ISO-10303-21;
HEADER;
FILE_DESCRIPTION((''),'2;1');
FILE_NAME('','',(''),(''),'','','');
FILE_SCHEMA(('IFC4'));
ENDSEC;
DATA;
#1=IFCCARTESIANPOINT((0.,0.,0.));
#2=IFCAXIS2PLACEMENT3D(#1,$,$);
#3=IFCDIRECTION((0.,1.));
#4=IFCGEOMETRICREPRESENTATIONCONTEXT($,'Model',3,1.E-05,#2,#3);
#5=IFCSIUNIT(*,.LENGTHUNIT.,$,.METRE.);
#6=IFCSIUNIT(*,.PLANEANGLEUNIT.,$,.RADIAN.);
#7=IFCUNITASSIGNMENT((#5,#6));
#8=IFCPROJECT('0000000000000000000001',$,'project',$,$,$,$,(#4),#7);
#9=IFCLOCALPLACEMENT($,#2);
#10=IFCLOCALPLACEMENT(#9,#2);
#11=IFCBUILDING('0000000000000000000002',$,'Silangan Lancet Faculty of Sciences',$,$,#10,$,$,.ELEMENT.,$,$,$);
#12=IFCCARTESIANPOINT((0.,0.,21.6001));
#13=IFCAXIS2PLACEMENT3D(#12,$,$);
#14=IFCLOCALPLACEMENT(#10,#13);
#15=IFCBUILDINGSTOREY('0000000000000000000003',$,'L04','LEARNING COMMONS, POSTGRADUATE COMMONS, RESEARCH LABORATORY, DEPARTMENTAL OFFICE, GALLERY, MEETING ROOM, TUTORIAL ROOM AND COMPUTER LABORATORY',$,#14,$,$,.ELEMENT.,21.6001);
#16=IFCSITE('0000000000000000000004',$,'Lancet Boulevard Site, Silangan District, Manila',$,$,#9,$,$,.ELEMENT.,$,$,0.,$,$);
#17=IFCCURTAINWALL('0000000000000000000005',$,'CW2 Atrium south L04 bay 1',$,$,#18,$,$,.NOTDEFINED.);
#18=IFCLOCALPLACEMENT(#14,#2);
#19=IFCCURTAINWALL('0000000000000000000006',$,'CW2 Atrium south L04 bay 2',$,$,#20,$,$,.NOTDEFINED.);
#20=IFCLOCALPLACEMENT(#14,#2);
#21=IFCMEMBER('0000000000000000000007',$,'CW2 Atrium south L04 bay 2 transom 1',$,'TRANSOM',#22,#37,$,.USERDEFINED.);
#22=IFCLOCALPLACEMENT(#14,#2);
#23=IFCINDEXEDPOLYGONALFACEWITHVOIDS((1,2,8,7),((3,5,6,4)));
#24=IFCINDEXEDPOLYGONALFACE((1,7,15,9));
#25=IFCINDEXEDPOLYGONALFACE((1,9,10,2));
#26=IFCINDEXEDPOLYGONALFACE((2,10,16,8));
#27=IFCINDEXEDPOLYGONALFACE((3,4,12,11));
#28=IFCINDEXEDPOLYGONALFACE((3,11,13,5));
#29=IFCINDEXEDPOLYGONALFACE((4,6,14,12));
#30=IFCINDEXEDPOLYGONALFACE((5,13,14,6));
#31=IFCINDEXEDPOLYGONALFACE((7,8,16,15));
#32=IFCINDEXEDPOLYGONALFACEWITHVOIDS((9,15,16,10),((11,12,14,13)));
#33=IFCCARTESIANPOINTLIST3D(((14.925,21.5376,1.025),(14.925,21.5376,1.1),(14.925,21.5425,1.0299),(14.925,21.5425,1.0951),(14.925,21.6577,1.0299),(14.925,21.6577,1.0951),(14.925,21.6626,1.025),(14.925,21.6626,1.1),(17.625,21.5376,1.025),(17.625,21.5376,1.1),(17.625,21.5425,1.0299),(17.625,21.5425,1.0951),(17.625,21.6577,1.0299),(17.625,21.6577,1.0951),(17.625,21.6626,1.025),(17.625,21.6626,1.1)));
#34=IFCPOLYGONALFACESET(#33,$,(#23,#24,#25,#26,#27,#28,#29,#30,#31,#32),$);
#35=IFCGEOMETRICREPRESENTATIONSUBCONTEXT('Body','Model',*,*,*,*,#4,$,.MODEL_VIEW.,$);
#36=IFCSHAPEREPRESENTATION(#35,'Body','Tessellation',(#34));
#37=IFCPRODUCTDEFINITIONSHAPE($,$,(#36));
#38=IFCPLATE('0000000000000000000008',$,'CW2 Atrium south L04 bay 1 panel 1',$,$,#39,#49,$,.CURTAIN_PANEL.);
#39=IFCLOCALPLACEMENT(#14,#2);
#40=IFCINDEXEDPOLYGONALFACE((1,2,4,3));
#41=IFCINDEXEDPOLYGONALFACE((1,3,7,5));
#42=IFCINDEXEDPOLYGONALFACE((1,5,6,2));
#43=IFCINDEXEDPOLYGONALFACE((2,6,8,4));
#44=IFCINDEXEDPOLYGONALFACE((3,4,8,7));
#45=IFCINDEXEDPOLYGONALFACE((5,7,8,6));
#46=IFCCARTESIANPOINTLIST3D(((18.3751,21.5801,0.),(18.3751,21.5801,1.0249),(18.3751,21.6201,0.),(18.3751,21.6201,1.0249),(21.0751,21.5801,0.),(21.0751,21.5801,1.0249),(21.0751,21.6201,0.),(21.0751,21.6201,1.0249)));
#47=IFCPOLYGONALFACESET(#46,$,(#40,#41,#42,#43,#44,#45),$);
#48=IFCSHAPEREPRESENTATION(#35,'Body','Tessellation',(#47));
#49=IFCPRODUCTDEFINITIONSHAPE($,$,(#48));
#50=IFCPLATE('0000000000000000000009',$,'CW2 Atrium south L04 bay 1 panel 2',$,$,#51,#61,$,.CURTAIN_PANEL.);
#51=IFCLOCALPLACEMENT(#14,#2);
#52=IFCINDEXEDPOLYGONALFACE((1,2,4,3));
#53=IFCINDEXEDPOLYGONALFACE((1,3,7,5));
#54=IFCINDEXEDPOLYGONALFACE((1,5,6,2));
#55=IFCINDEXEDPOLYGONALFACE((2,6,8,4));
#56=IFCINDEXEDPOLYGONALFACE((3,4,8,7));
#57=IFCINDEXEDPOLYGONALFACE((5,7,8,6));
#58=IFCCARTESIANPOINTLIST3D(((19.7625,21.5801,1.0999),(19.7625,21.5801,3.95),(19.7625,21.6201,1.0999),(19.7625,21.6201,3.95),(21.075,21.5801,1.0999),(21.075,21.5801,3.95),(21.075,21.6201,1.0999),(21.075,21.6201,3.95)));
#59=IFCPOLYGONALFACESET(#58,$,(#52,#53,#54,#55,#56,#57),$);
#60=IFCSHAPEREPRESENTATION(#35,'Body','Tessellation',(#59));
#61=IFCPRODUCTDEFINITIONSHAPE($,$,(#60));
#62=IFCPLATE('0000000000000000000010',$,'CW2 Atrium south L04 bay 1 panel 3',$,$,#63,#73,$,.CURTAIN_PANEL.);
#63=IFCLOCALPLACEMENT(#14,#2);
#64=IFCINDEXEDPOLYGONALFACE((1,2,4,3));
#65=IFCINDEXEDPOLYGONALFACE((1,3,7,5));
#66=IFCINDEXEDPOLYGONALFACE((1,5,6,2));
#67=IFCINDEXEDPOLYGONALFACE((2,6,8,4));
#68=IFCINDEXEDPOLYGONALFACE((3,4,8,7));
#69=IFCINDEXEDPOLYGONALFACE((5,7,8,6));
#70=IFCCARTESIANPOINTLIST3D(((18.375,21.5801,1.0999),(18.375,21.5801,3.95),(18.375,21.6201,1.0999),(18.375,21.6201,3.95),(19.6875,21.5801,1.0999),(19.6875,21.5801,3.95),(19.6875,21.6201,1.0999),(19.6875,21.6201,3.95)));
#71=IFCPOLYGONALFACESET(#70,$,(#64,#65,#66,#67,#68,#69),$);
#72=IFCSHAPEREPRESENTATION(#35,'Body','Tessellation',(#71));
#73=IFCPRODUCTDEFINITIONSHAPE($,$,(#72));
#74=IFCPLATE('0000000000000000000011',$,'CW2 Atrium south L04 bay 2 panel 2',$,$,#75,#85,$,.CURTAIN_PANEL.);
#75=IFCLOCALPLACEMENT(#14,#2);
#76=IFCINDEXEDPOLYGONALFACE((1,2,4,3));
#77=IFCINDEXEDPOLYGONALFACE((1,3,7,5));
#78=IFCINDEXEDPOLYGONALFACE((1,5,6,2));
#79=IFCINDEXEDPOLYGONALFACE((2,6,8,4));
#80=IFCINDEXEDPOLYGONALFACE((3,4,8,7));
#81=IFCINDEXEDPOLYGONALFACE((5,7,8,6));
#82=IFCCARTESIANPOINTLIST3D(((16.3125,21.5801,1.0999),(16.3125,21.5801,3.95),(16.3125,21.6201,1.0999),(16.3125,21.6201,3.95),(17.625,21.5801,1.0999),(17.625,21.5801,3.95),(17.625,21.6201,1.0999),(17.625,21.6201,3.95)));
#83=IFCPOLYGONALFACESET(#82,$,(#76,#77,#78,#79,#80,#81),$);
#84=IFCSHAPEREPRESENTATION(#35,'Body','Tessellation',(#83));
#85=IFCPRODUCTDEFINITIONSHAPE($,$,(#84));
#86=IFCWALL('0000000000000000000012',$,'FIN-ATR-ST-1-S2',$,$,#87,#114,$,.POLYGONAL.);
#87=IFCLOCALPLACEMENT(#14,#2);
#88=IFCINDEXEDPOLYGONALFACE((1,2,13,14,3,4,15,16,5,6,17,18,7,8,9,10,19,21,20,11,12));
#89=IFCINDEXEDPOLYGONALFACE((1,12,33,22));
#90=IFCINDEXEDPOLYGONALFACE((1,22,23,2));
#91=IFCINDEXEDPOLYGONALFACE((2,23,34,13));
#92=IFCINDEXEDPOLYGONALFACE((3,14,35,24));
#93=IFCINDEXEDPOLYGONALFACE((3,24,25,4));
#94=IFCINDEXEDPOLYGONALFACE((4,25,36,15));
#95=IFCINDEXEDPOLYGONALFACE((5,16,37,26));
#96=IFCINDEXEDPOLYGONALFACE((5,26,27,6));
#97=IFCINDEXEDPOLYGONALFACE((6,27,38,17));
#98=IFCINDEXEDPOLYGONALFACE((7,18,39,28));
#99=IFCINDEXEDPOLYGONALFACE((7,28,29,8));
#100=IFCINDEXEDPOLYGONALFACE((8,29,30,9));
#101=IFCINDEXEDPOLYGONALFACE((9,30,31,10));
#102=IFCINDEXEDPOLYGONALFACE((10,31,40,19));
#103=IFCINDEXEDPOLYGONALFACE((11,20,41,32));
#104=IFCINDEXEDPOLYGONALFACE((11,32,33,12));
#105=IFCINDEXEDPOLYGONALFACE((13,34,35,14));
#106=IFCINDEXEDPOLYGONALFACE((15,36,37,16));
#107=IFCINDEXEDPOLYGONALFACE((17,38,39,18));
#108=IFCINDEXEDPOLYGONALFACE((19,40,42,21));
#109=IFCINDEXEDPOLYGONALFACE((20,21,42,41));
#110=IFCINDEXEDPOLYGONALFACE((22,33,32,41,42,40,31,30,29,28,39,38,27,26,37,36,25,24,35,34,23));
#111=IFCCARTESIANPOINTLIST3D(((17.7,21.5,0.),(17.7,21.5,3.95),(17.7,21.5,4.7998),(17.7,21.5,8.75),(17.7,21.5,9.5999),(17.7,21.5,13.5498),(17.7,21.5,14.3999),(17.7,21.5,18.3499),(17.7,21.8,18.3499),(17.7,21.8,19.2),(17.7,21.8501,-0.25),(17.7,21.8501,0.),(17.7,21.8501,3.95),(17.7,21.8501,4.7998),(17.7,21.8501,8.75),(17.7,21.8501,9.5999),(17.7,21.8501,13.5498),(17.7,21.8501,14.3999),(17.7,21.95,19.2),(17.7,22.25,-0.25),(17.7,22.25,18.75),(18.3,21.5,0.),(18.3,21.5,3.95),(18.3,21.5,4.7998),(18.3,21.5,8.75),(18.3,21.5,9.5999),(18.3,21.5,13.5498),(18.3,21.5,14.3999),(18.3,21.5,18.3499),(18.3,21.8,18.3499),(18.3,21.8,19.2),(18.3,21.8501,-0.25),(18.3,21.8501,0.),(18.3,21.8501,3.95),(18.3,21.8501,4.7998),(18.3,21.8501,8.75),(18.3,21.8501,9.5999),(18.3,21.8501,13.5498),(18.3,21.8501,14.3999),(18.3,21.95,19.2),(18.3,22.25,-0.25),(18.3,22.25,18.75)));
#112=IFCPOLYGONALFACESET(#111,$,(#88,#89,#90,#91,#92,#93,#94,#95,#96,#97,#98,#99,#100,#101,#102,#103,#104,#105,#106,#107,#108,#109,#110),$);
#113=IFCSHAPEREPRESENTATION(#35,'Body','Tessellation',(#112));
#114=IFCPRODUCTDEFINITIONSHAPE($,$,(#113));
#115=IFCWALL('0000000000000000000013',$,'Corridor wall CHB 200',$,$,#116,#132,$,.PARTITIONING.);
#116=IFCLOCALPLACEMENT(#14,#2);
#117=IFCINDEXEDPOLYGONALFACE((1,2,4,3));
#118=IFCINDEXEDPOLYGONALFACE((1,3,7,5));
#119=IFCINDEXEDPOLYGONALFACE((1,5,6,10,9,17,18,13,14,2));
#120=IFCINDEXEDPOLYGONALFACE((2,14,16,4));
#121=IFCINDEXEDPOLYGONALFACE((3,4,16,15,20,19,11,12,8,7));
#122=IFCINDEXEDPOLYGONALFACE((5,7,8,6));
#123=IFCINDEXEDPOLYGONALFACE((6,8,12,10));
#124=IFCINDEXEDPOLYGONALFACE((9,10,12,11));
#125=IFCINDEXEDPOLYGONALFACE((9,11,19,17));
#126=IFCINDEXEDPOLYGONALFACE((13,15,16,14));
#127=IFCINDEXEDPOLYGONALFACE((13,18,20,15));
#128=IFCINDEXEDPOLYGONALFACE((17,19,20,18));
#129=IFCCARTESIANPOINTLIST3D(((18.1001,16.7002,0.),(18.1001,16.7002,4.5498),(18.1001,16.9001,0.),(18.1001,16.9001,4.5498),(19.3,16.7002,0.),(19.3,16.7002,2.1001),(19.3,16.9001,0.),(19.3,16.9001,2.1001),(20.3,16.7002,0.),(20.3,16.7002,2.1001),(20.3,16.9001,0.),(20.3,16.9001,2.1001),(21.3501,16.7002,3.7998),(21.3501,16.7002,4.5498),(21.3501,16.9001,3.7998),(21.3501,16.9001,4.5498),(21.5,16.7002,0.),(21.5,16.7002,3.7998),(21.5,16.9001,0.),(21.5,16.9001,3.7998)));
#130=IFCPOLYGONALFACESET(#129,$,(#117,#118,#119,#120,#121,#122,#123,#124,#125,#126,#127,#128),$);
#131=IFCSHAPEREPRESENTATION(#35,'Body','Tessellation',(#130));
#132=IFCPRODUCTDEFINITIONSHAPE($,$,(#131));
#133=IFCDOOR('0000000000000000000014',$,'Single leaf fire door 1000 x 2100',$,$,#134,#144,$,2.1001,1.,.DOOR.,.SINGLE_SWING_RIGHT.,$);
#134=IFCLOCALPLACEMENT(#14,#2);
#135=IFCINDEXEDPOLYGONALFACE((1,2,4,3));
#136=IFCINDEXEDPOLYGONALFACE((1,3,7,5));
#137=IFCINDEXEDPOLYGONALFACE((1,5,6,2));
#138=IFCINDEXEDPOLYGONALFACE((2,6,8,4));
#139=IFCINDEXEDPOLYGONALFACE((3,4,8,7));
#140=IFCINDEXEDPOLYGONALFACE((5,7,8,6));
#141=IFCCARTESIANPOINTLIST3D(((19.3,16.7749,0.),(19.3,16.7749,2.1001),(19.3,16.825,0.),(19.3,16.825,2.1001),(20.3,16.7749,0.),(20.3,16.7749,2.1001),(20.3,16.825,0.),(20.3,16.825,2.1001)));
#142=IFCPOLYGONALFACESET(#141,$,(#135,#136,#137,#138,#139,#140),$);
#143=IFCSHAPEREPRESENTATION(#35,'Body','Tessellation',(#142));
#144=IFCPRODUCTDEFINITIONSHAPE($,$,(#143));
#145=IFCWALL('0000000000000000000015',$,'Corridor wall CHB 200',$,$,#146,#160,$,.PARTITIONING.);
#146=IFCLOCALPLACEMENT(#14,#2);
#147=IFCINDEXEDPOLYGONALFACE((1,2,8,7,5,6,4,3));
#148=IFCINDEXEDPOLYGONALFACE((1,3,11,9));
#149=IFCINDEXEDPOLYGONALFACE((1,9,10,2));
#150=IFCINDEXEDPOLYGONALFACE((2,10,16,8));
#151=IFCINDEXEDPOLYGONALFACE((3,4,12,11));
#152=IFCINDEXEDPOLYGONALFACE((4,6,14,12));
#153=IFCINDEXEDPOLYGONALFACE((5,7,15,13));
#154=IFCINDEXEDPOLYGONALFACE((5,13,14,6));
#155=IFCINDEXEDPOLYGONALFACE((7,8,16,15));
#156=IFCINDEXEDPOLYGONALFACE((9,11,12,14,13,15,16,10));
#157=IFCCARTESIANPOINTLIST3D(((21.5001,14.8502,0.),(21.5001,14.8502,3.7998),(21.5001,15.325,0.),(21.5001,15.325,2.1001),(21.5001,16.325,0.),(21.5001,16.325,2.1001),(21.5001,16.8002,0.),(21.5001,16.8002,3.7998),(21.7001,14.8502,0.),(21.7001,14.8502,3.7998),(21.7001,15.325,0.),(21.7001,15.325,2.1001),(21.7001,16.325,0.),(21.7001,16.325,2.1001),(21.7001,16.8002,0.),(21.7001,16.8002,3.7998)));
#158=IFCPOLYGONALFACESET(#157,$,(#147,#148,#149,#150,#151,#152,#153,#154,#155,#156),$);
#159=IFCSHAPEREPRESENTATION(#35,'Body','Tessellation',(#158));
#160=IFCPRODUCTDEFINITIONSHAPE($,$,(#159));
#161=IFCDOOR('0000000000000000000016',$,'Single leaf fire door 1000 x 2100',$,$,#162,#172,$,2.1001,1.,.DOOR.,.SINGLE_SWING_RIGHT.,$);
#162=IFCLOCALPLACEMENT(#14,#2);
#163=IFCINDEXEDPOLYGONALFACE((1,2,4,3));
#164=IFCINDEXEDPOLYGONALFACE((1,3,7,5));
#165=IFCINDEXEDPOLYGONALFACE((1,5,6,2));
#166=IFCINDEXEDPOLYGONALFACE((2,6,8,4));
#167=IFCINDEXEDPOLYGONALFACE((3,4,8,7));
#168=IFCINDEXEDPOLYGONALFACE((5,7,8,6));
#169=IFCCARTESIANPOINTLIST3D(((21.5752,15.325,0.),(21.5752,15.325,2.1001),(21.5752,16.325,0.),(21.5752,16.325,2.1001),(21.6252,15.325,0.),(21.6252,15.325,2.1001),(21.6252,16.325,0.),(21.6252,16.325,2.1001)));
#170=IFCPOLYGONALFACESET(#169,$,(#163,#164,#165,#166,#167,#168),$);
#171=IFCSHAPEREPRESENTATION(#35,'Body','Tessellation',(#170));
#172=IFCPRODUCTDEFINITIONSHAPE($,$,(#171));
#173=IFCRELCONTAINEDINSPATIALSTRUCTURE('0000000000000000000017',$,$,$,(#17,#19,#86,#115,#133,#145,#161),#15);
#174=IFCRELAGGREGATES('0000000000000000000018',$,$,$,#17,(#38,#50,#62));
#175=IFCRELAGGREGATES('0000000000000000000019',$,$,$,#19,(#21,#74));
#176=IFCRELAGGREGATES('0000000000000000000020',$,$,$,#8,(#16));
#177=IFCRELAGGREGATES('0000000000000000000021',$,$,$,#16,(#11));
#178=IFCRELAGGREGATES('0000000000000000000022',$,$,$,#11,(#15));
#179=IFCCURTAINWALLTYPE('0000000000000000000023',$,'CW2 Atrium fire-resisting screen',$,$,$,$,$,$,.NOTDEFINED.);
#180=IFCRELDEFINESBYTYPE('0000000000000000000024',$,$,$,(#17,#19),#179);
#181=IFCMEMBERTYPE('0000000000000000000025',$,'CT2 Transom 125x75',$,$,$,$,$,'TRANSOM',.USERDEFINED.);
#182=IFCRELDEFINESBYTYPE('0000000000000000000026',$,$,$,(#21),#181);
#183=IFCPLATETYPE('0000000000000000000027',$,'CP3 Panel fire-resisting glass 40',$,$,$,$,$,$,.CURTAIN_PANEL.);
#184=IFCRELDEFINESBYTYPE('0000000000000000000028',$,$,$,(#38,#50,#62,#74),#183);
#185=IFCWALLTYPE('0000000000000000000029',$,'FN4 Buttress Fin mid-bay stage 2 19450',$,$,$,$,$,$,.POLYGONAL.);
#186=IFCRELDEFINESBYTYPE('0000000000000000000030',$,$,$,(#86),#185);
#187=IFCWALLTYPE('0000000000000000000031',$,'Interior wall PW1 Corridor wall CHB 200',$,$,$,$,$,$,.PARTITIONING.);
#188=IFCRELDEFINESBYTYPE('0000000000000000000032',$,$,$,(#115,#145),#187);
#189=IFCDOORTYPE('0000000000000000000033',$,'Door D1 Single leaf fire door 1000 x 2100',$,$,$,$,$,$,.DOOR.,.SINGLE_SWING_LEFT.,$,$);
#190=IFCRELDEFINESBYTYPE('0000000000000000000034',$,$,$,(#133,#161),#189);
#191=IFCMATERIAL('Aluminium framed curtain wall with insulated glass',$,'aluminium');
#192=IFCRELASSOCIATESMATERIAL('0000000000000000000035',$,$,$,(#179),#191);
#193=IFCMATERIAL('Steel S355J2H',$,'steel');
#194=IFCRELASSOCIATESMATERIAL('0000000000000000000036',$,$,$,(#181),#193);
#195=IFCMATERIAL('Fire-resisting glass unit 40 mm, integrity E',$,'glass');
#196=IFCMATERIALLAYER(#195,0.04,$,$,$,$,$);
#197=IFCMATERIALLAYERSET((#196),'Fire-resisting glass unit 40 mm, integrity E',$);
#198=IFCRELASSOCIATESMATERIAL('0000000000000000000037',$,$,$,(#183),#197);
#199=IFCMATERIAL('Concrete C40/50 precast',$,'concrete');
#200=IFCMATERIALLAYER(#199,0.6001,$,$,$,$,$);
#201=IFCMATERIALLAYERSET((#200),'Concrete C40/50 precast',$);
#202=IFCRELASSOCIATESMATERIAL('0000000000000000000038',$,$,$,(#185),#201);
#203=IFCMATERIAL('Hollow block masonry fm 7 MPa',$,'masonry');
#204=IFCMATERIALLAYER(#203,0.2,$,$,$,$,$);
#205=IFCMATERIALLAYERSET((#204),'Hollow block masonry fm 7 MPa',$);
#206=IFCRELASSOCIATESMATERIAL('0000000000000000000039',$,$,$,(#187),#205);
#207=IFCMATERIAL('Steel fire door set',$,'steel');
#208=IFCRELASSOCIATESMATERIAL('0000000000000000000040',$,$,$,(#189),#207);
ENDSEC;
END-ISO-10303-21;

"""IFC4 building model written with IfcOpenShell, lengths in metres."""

from ifc_helpers import new_model, si_unit, direction, frame, frame_2d, origin, origin_2d, place, context, subcontext, project, spatial, polyline, rectangle, hollow_rectangle, outline, extrude, material, layer, layer_set, material_profile, profile_set, type_object, element, fill, aggregate, save


model = new_model("IFC4")

# Units and contexts
model_context = context("Model", 3, precision=1e-05, world=origin(), true_north=direction((0.0, 1.0)))
body_context = subcontext(model_context, "Body", "Model", "MODEL_VIEW")
ifc_project = project(units=[si_unit("LENGTHUNIT", "METRE"), si_unit("PLANEANGLEUNIT", "RADIAN")], contexts=[model_context])

# Site, building, storey
site_placement = place(None, origin())
site = spatial("IfcSite", under=ifc_project, at=site_placement, Name="Lancet Boulevard Site, Silangan District, Manila", CompositionType="ELEMENT", RefElevation=0.0)
building_placement = place(site_placement, origin())
building = spatial("IfcBuilding", under=site, at=building_placement, Name="Silangan Lancet Faculty of Sciences", CompositionType="ELEMENT")
storey_placement = place(building_placement, frame((0.0, 0.0, 21.6001)))
storey = spatial("IfcBuildingStorey", under=building, at=storey_placement, Name="L04", Description="LEARNING COMMONS, POSTGRADUATE COMMONS, RESEARCH LABORATORY, DEPARTMENTAL OFFICE, GALLERY, MEETING ROOM, TUTORIAL ROOM AND COMPUTER LABORATORY", CompositionType="ELEMENT", Elevation=21.6001)

# Curtain wall
ifc_material_1 = material(Name="Aluminium framed curtain wall with insulated glass", Category="aluminium")
curtain_wall_type = type_object("IfcCurtainWallType", Name="CW2 Atrium fire-resisting screen", PredefinedType="NOTDEFINED", material=ifc_material_1)
curtain_wall_1_placement = place(storey_placement, origin())
curtain_wall_1 = element("IfcCurtainWall", 1, at=curtain_wall_1_placement, inside=storey, type_object=curtain_wall_type, Name="CW2 Atrium south L04 bay 1", PredefinedType="NOTDEFINED")

# Curtain wall
curtain_wall_2_placement = place(storey_placement, origin())
curtain_wall_2 = element("IfcCurtainWall", 2, at=curtain_wall_2_placement, inside=storey, type_object=curtain_wall_type, Name="CW2 Atrium south L04 bay 2", PredefinedType="NOTDEFINED")

# Member
ifc_material_2 = material(Name="Steel S355J2H", Category="steel")
ifc_material_profile_1 = material_profile(ifc_material_2, hollow_rectangle(XDim=0.125, YDim=0.075, WallThickness=0.0049, at=origin_2d()), Name="ST BOX 125x75x5")
ifc_profile_set_1 = profile_set([ifc_material_profile_1], Name="Steel S355J2H")
member_type_1 = type_object("IfcMemberType", Name="CT2 Transom 125x75", ElementType="TRANSOM", PredefinedType="USERDEFINED", material=ifc_profile_set_1)
member_1_placement = place(storey_placement, frame((17.625, 21.6001, 1.0625), z_axis=(-1.0, 0.0, 0.0), x_axis=(0.0, -1.0, 0.0)))
member_1 = element("IfcMember", 3, at=member_1_placement, type_object=member_type_1, Name="CW2 Atrium south L04 bay 2 transom 1", ObjectType="TRANSOM", PredefinedType="USERDEFINED", context=body_context, shape_type="SweptSolid", body=[
    extrude(hollow_rectangle(XDim=0.125, YDim=0.075, WallThickness=0.0049, at=origin_2d()), origin(), (0.0, 0.0, 1.0), 2.7),
])

# Plates
ifc_material_3 = material(Name="Fire-resisting glass unit 40 mm, integrity E", Category="glass")
ifc_layer_1 = layer(ifc_material_3, 0.04)
ifc_layer_set_1 = layer_set([ifc_layer_1], Name="Fire-resisting glass unit 40 mm, integrity E")
plate_type = type_object("IfcPlateType", Name="CP3 Panel fire-resisting glass 40", PredefinedType="CURTAIN_PANEL", material=ifc_layer_set_1)
plate_1_placement = place(storey_placement, frame((19.7251, 21.6001, 0.0), z_axis=(0.0, 0.0, 1.0), x_axis=(-1.0, 0.0, 0.0)))
plate_1 = element("IfcPlate", 4, at=plate_1_placement, type_object=plate_type, Name="CW2 Atrium south L04 bay 1 panel 1", PredefinedType="CURTAIN_PANEL", context=body_context, shape_type="SweptSolid", body=[
    extrude(rectangle(XDim=2.7, YDim=0.04, at=origin_2d()), origin(), (0.0, 0.0, 1.0), 1.0249),
])
plate_2_placement = place(storey_placement, frame((20.4187, 21.6001, 1.0999), z_axis=(0.0, 0.0, 1.0), x_axis=(-1.0, 0.0, 0.0)))
plate_2 = element("IfcPlate", 5, at=plate_2_placement, type_object=plate_type, Name="CW2 Atrium south L04 bay 1 panel 2", PredefinedType="CURTAIN_PANEL", context=body_context, shape_type="SweptSolid", body=[
    extrude(rectangle(XDim=1.3125, YDim=0.04, at=origin_2d()), origin(), (0.0, 0.0, 1.0), 2.8501),
])
plate_3_placement = place(storey_placement, frame((19.0312, 21.6001, 1.0999), z_axis=(0.0, 0.0, 1.0), x_axis=(-1.0, 0.0, 0.0)))
plate_3 = element("IfcPlate", 6, at=plate_3_placement, type_object=plate_type, Name="CW2 Atrium south L04 bay 1 panel 3", PredefinedType="CURTAIN_PANEL", context=body_context, shape_type="SweptSolid", body=[
    extrude(rectangle(XDim=1.3125, YDim=0.04, at=origin_2d()), origin(), (0.0, 0.0, 1.0), 2.8501),
])
aggregate(curtain_wall_1, [plate_1, plate_2, plate_3])
plate_4_placement = place(storey_placement, frame((16.9688, 21.6001, 1.0999), z_axis=(0.0, 0.0, 1.0), x_axis=(-1.0, 0.0, 0.0)))
plate_4 = element("IfcPlate", 7, at=plate_4_placement, type_object=plate_type, Name="CW2 Atrium south L04 bay 2 panel 2", PredefinedType="CURTAIN_PANEL", context=body_context, shape_type="SweptSolid", body=[
    extrude(rectangle(XDim=1.3125, YDim=0.04, at=origin_2d()), origin(), (0.0, 0.0, 1.0), 2.8501),
])
aggregate(curtain_wall_2, [member_1, plate_4])

# Wall
ifc_material_4 = material(Name="Concrete C40/50 precast", Category="concrete")
ifc_layer_2 = layer(ifc_material_4, 0.6001)
ifc_layer_set_2 = layer_set([ifc_layer_2], Name="Concrete C40/50 precast")
wall_type_1 = type_object("IfcWallType", Name="FN4 Buttress Fin mid-bay stage 2 19450", PredefinedType="POLYGONAL", material=ifc_layer_set_2)
wall_1_placement = place(storey_placement, frame((18.0, 21.5, -0.25), z_axis=(0.0, 0.0, 1.0), x_axis=(0.0, 1.0, 0.0)))
element("IfcWall", 8, at=wall_1_placement, inside=storey, type_object=wall_type_1, Name="FIN-ATR-ST-1-S2", PredefinedType="POLYGONAL", context=body_context, shape_type="SweptSolid", body=[
    extrude(outline(polyline([(0.75, 0.0), (0.75, 19.0), (0.45, 19.45), (0.3, 19.45), (0.3, 18.5999), (0.0, 18.5999), (0.0, 14.6499), (0.3501, 14.6499), (0.3501, 13.7998), (0.0, 13.7998), (0.0, 9.8499), (0.3501, 9.8499), (0.3501, 9.0), (0.0, 9.0), (0.0, 5.0498), (0.3501, 5.0498), (0.3501, 4.2), (0.0, 4.2), (0.0, 0.25), (0.3501, 0.25), (0.3501, 0.0), (0.75, 0.0)])), frame((0.0, 0.3, 0.0), z_axis=(0.0, -1.0, 0.0), x_axis=(1.0, 0.0, 0.0)), (0.0, 0.0, 1.0), 0.6001),
])

# Walls, openings, doors
ifc_material_5 = material(Name="Hollow block masonry fm 7 MPa", Category="masonry")
ifc_layer_3 = layer(ifc_material_5, 0.2)
ifc_layer_set_3 = layer_set([ifc_layer_3], Name="Hollow block masonry fm 7 MPa")
wall_type_2 = type_object("IfcWallType", Name="Interior wall PW1 Corridor wall CHB 200", PredefinedType="PARTITIONING", material=ifc_layer_set_3)
wall_2_placement = place(storey_placement, frame((18.1001, 16.8, 0.0), z_axis=(0.0, 0.0, 1.0), x_axis=(1.0, 0.0, 0.0)))
wall_2 = element("IfcWall", 9, at=wall_2_placement, inside=storey, type_object=wall_type_2, Name="Corridor wall CHB 200", PredefinedType="PARTITIONING", context=body_context, shape_type="SweptSolid", body=[
    extrude(outline(polyline([(0.0, 0.0), (3.3999, 0.0), (3.3999, 3.7998), (3.25, 3.7998), (3.25, 4.5498), (0.0, 4.5498), (0.0, 0.0)])), frame((0.0, 0.1001, 0.0), z_axis=(0.0, -1.0, 0.0), x_axis=(1.0, 0.0, 0.0)), (0.0, 0.0, 1.0), 0.2),
])
opening_1_placement = place(wall_2_placement, frame((1.2, 0.0, 0.0)))
opening_1 = element("IfcOpeningElement", 10, at=opening_1_placement, cuts=wall_2, PredefinedType="OPENING", context=body_context, shape_type="SweptSolid", body=[
    extrude(rectangle(XDim=1.0, YDim=2.1001, at=frame_2d((0.5, 1.05))), frame((0.0, 0.1099, 0.0), z_axis=(0.0, -1.0, 0.0), x_axis=(1.0, 0.0, 0.0)), (0.0, 0.0, 1.0), 0.22),
])
ifc_material_6 = material(Name="Steel fire door set", Category="steel")
door_type = type_object("IfcDoorType", Name="Door D1 Single leaf fire door 1000 x 2100", OperationType="SINGLE_SWING_LEFT", PredefinedType="DOOR", material=ifc_material_6)
door_1_placement = place(opening_1_placement, origin())
door_1 = element("IfcDoor", 11, at=door_1_placement, inside=storey, type_object=door_type, Name="Single leaf fire door 1000 x 2100", OperationType="SINGLE_SWING_RIGHT", OverallHeight=2.1001, OverallWidth=1.0, PredefinedType="DOOR", context=body_context, shape_type="SweptSolid", body=[
    extrude(rectangle(XDim=1.0, YDim=2.1001, at=frame_2d((0.5, 1.05))), frame((0.0, 0.0249, 0.0), z_axis=(0.0, -1.0, 0.0), x_axis=(1.0, 0.0, 0.0)), (0.0, 0.0, 1.0), 0.05),
])
fill(opening_1, door_1)
wall_3_placement = place(storey_placement, frame((21.6001, 14.8501, 0.0), z_axis=(0.0, 0.0, 1.0), x_axis=(0.0, 1.0, 0.0)))
wall_3 = element("IfcWall", 12, at=wall_3_placement, inside=storey, type_object=wall_type_2, Name="Corridor wall CHB 200", PredefinedType="PARTITIONING", context=body_context, shape_type="SweptSolid", body=[
    extrude(rectangle(XDim=1.95, YDim=0.2, at=frame_2d((0.9751, 0.0))), origin(), (0.0, 0.0, 1.0), 3.7998),
])
opening_2_placement = place(wall_3_placement, frame((0.4749, 0.0, 0.0)))
opening_2 = element("IfcOpeningElement", 13, at=opening_2_placement, cuts=wall_3, PredefinedType="OPENING", context=body_context, shape_type="SweptSolid", body=[
    extrude(rectangle(XDim=1.0, YDim=2.1001, at=frame_2d((0.5, 1.05))), frame((0.0, 0.1099, 0.0), z_axis=(0.0, -1.0, 0.0), x_axis=(1.0, 0.0, 0.0)), (0.0, 0.0, 1.0), 0.22),
])
door_2_placement = place(opening_2_placement, frame((1.0, 0.0, 0.0), z_axis=(0.0, 0.0, 1.0), x_axis=(-1.0, 0.0, 0.0)))
door_2 = element("IfcDoor", 14, at=door_2_placement, inside=storey, type_object=door_type, Name="Single leaf fire door 1000 x 2100", OperationType="SINGLE_SWING_RIGHT", OverallHeight=2.1001, OverallWidth=1.0, PredefinedType="DOOR", context=body_context, shape_type="SweptSolid", body=[
    extrude(rectangle(XDim=1.0, YDim=2.1001, at=frame_2d((0.5, 1.05))), frame((0.0, 0.0251, 0.0), z_axis=(0.0, -1.0, 0.0), x_axis=(1.0, 0.0, 0.0)), (0.0, 0.0, 1.0), 0.05),
])
fill(opening_2, door_2)

save(model, "model.ifc")
